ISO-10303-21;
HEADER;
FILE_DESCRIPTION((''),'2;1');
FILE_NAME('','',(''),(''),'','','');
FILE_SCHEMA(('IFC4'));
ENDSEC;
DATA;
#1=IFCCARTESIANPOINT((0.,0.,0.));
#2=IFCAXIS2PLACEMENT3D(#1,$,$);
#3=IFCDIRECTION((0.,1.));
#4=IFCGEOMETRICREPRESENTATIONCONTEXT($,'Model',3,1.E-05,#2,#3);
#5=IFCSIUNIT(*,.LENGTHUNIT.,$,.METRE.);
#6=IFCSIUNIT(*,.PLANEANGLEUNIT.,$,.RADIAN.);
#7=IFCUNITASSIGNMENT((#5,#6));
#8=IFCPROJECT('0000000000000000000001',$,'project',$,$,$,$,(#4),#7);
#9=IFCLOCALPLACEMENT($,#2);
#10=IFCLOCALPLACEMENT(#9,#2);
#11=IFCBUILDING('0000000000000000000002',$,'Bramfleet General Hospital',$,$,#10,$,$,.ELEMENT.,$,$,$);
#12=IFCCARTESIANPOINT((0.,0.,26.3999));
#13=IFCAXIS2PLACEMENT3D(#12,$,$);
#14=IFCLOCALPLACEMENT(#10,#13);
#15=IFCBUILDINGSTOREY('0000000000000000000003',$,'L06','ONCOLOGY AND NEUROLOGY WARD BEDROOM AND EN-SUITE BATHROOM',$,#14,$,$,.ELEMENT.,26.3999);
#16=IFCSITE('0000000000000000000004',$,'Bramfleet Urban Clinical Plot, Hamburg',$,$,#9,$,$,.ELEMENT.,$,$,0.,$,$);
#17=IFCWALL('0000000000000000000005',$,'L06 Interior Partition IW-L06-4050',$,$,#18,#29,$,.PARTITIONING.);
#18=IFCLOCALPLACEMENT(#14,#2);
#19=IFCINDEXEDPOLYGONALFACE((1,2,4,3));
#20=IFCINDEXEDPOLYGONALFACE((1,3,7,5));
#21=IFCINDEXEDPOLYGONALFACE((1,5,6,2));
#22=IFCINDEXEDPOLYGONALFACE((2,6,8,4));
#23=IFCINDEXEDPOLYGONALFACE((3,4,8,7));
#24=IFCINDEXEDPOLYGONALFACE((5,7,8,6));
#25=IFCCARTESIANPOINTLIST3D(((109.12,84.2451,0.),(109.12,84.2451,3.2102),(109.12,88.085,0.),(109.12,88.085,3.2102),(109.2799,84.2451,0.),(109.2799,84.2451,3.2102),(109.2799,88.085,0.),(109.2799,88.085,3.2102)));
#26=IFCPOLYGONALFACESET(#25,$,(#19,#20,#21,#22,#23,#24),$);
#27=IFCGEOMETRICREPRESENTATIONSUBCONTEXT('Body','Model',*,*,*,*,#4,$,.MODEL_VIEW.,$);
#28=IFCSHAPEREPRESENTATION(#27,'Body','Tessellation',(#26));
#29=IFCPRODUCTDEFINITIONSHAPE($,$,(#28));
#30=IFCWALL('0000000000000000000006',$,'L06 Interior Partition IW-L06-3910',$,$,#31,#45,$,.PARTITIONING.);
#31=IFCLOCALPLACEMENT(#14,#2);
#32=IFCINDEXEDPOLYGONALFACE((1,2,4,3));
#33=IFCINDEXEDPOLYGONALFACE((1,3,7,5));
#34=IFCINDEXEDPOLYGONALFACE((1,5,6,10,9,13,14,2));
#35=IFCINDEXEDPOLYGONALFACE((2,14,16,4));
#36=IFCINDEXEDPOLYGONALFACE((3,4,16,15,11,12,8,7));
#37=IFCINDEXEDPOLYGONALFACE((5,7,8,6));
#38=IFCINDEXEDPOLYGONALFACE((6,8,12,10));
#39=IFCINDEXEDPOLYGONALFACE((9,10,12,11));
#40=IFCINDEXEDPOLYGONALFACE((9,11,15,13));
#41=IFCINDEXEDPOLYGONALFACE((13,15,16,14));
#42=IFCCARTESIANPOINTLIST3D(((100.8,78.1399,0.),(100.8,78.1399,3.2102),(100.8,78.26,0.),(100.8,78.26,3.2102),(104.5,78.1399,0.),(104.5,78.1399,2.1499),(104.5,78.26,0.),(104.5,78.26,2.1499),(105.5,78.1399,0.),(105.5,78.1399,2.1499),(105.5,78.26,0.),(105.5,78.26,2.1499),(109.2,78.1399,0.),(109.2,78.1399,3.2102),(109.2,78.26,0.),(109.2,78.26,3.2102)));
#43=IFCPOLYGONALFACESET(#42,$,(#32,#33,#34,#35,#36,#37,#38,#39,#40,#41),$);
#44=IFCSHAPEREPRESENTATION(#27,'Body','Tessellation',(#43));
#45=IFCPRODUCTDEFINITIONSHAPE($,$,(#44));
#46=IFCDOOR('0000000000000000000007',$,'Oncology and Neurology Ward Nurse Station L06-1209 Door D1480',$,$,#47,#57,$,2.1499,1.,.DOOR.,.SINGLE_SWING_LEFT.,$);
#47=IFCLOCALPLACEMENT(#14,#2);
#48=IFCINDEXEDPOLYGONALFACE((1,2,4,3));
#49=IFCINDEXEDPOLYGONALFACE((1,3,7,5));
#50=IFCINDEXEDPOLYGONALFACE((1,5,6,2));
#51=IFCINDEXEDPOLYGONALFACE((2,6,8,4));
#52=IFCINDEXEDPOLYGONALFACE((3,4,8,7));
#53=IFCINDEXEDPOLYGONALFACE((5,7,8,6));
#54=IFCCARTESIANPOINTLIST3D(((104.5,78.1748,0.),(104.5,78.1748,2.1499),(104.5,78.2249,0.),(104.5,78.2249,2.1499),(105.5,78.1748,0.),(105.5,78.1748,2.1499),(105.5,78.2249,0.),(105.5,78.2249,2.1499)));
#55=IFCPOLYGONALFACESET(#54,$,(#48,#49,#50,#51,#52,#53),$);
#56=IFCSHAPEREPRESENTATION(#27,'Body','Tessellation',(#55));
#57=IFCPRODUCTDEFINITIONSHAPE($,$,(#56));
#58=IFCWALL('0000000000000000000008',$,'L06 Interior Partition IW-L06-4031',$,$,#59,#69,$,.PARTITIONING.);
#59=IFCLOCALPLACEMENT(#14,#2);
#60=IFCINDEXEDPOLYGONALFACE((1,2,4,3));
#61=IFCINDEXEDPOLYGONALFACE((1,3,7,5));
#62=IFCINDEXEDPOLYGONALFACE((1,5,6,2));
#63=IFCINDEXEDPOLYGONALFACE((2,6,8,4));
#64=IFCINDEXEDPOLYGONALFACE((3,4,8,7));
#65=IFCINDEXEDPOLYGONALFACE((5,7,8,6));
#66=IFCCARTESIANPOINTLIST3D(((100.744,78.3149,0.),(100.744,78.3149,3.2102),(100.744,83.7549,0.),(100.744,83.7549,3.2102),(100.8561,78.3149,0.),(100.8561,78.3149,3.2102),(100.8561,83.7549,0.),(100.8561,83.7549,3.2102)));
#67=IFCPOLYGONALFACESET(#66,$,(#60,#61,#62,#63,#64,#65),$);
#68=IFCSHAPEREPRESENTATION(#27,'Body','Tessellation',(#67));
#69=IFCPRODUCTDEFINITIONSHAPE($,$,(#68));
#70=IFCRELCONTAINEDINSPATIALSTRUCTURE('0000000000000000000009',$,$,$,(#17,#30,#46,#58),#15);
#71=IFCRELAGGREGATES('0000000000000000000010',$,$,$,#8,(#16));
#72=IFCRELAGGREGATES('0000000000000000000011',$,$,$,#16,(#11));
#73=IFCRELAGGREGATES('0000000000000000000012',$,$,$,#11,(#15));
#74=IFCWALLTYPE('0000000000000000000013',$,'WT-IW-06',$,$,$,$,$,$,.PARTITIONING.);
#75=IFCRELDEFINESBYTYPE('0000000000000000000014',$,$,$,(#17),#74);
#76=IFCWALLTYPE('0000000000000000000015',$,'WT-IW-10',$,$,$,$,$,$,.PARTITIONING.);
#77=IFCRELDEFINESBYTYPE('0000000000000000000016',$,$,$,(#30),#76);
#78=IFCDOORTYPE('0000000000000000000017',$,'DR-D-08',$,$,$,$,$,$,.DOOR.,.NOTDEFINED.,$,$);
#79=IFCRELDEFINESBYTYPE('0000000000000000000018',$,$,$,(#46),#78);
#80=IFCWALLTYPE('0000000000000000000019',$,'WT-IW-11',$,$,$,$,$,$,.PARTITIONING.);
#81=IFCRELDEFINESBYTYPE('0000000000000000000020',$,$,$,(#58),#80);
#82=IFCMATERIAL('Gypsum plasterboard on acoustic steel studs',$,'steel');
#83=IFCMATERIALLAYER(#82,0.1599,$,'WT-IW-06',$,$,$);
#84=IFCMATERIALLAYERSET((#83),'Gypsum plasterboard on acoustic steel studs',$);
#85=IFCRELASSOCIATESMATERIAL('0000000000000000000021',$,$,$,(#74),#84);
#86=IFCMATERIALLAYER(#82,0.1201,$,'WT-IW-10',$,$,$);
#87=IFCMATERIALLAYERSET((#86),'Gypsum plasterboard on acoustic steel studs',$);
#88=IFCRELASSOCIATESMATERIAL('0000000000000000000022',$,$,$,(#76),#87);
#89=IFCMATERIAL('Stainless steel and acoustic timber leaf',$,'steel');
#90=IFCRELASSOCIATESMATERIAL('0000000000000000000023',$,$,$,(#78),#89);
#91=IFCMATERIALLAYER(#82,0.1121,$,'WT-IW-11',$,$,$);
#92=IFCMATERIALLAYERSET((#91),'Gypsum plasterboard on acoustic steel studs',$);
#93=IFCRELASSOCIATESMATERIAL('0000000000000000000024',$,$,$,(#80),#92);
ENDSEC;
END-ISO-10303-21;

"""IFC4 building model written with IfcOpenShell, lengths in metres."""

from ifc_helpers import new_model, si_unit, direction, frame, frame_2d, origin, place, context, subcontext, project, spatial, rectangle, extrude, material, layer, layer_set, type_object, element, fill, save


model = new_model("IFC4")

# Units and contexts
model_context = context("Model", 3, precision=1e-05, world=origin(), true_north=direction((0.0, 1.0)))
body_context = subcontext(model_context, "Body", "Model", "MODEL_VIEW")
ifc_project = project(units=[si_unit("LENGTHUNIT", "METRE"), si_unit("PLANEANGLEUNIT", "RADIAN")], contexts=[model_context])

# Site, building, storey
site_placement = place(None, origin())
site = spatial("IfcSite", under=ifc_project, at=site_placement, Name="Bramfleet Urban Clinical Plot, Hamburg", CompositionType="ELEMENT", RefElevation=0.0)
building_placement = place(site_placement, origin())
building = spatial("IfcBuilding", under=site, at=building_placement, Name="Bramfleet General Hospital", CompositionType="ELEMENT")
storey_placement = place(building_placement, frame((0.0, 0.0, 26.3999)))
storey = spatial("IfcBuildingStorey", under=building, at=storey_placement, Name="L06", Description="ONCOLOGY AND NEUROLOGY WARD BEDROOM AND EN-SUITE BATHROOM", CompositionType="ELEMENT", Elevation=26.3999)

# Shared definitions
ifc_material_1 = material(Name="Stainless steel and acoustic timber leaf", Category="steel")

# Shared definitions
ifc_material_2 = material(Name="Gypsum plasterboard on acoustic steel studs", Category="steel")
ifc_layer_1 = layer(ifc_material_2, 0.1599, Name="WT-IW-06")
ifc_layer_set_1 = layer_set([ifc_layer_1], Name="Gypsum plasterboard on acoustic steel studs")
wall_type_1 = type_object("IfcWallType", Name="WT-IW-06", PredefinedType="PARTITIONING", material=ifc_layer_set_1)

# Wall
wall_1_placement = place(storey_placement, frame((109.2, 84.2451, 0.0), z_axis=(0.0, 0.0, 1.0), x_axis=(0.0, 1.0, 0.0)))
element("IfcWall", 1, at=wall_1_placement, inside=storey, type_object=wall_type_1, Name="L06 Interior Partition IW-L06-4050", PredefinedType="PARTITIONING", context=body_context, shape_type="SweptSolid", body=[
    extrude(rectangle(XDim=3.8398, YDim=0.1599, at=frame_2d((1.9199, 0.0))), origin(), (0.0, 0.0, 1.0), 3.2102),
])

# Wall, opening, door
ifc_layer_2 = layer(ifc_material_2, 0.1201, Name="WT-IW-10")
ifc_layer_set_2 = layer_set([ifc_layer_2], Name="Gypsum plasterboard on acoustic steel studs")
wall_type_2 = type_object("IfcWallType", Name="WT-IW-10", PredefinedType="PARTITIONING", material=ifc_layer_set_2)
wall_2_placement = place(storey_placement, frame((100.8, 78.2, 0.0), z_axis=(0.0, 0.0, 1.0), x_axis=(1.0, 0.0, 0.0)))
wall_2 = element("IfcWall", 2, at=wall_2_placement, inside=storey, type_object=wall_type_2, Name="L06 Interior Partition IW-L06-3910", PredefinedType="PARTITIONING", context=body_context, shape_type="SweptSolid", body=[
    extrude(rectangle(XDim=8.3999, YDim=0.1201, at=frame_2d((4.2, 0.0))), origin(), (0.0, 0.0, 1.0), 3.2102),
])
opening_1_placement = place(wall_2_placement, frame((3.7, 0.0, 0.0)))
opening_1 = element("IfcOpeningElement", 3, at=opening_1_placement, cuts=wall_2, PredefinedType="OPENING", context=body_context, shape_type="SweptSolid", body=[
    extrude(rectangle(XDim=1.0, YDim=2.1499, at=frame_2d((0.5, 1.075))), frame((0.0, 0.0701, 0.0), z_axis=(0.0, -1.0, 0.0), x_axis=(1.0, 0.0, 0.0)), (0.0, 0.0, 1.0), 0.1401),
])
door_type_1 = type_object("IfcDoorType", Name="DR-D-08", OperationType="NOTDEFINED", PredefinedType="DOOR", material=ifc_material_1)
door_1_placement = place(opening_1_placement, origin())
door_1 = element("IfcDoor", 4, at=door_1_placement, inside=storey, type_object=door_type_1, Name="Oncology and Neurology Ward Nurse Station L06-1209 Door D1480", OperationType="SINGLE_SWING_LEFT", OverallHeight=2.1499, OverallWidth=1.0, PredefinedType="DOOR", context=body_context, shape_type="SweptSolid", body=[
    extrude(rectangle(XDim=1.0, YDim=2.1499, at=frame_2d((0.5, 1.075))), frame((0.0, 0.0249, 0.0), z_axis=(0.0, -1.0, 0.0), x_axis=(1.0, 0.0, 0.0)), (0.0, 0.0, 1.0), 0.05),
])
fill(opening_1, door_1)

# Wall
ifc_layer_3 = layer(ifc_material_2, 0.1121, Name="WT-IW-11")
ifc_layer_set_3 = layer_set([ifc_layer_3], Name="Gypsum plasterboard on acoustic steel studs")
wall_type_3 = type_object("IfcWallType", Name="WT-IW-11", PredefinedType="PARTITIONING", material=ifc_layer_set_3)
wall_3_placement = place(storey_placement, frame((100.8, 78.3149, 0.0), z_axis=(0.0, 0.0, 1.0), x_axis=(0.0, 1.0, 0.0)))
element("IfcWall", 5, at=wall_3_placement, inside=storey, type_object=wall_type_3, Name="L06 Interior Partition IW-L06-4031", PredefinedType="PARTITIONING", context=body_context, shape_type="SweptSolid", body=[
    extrude(rectangle(XDim=5.4399, YDim=0.1121, at=frame_2d((2.72, 0.0))), origin(), (0.0, 0.0, 1.0), 3.2102),
])

save(model, "model.ifc")
